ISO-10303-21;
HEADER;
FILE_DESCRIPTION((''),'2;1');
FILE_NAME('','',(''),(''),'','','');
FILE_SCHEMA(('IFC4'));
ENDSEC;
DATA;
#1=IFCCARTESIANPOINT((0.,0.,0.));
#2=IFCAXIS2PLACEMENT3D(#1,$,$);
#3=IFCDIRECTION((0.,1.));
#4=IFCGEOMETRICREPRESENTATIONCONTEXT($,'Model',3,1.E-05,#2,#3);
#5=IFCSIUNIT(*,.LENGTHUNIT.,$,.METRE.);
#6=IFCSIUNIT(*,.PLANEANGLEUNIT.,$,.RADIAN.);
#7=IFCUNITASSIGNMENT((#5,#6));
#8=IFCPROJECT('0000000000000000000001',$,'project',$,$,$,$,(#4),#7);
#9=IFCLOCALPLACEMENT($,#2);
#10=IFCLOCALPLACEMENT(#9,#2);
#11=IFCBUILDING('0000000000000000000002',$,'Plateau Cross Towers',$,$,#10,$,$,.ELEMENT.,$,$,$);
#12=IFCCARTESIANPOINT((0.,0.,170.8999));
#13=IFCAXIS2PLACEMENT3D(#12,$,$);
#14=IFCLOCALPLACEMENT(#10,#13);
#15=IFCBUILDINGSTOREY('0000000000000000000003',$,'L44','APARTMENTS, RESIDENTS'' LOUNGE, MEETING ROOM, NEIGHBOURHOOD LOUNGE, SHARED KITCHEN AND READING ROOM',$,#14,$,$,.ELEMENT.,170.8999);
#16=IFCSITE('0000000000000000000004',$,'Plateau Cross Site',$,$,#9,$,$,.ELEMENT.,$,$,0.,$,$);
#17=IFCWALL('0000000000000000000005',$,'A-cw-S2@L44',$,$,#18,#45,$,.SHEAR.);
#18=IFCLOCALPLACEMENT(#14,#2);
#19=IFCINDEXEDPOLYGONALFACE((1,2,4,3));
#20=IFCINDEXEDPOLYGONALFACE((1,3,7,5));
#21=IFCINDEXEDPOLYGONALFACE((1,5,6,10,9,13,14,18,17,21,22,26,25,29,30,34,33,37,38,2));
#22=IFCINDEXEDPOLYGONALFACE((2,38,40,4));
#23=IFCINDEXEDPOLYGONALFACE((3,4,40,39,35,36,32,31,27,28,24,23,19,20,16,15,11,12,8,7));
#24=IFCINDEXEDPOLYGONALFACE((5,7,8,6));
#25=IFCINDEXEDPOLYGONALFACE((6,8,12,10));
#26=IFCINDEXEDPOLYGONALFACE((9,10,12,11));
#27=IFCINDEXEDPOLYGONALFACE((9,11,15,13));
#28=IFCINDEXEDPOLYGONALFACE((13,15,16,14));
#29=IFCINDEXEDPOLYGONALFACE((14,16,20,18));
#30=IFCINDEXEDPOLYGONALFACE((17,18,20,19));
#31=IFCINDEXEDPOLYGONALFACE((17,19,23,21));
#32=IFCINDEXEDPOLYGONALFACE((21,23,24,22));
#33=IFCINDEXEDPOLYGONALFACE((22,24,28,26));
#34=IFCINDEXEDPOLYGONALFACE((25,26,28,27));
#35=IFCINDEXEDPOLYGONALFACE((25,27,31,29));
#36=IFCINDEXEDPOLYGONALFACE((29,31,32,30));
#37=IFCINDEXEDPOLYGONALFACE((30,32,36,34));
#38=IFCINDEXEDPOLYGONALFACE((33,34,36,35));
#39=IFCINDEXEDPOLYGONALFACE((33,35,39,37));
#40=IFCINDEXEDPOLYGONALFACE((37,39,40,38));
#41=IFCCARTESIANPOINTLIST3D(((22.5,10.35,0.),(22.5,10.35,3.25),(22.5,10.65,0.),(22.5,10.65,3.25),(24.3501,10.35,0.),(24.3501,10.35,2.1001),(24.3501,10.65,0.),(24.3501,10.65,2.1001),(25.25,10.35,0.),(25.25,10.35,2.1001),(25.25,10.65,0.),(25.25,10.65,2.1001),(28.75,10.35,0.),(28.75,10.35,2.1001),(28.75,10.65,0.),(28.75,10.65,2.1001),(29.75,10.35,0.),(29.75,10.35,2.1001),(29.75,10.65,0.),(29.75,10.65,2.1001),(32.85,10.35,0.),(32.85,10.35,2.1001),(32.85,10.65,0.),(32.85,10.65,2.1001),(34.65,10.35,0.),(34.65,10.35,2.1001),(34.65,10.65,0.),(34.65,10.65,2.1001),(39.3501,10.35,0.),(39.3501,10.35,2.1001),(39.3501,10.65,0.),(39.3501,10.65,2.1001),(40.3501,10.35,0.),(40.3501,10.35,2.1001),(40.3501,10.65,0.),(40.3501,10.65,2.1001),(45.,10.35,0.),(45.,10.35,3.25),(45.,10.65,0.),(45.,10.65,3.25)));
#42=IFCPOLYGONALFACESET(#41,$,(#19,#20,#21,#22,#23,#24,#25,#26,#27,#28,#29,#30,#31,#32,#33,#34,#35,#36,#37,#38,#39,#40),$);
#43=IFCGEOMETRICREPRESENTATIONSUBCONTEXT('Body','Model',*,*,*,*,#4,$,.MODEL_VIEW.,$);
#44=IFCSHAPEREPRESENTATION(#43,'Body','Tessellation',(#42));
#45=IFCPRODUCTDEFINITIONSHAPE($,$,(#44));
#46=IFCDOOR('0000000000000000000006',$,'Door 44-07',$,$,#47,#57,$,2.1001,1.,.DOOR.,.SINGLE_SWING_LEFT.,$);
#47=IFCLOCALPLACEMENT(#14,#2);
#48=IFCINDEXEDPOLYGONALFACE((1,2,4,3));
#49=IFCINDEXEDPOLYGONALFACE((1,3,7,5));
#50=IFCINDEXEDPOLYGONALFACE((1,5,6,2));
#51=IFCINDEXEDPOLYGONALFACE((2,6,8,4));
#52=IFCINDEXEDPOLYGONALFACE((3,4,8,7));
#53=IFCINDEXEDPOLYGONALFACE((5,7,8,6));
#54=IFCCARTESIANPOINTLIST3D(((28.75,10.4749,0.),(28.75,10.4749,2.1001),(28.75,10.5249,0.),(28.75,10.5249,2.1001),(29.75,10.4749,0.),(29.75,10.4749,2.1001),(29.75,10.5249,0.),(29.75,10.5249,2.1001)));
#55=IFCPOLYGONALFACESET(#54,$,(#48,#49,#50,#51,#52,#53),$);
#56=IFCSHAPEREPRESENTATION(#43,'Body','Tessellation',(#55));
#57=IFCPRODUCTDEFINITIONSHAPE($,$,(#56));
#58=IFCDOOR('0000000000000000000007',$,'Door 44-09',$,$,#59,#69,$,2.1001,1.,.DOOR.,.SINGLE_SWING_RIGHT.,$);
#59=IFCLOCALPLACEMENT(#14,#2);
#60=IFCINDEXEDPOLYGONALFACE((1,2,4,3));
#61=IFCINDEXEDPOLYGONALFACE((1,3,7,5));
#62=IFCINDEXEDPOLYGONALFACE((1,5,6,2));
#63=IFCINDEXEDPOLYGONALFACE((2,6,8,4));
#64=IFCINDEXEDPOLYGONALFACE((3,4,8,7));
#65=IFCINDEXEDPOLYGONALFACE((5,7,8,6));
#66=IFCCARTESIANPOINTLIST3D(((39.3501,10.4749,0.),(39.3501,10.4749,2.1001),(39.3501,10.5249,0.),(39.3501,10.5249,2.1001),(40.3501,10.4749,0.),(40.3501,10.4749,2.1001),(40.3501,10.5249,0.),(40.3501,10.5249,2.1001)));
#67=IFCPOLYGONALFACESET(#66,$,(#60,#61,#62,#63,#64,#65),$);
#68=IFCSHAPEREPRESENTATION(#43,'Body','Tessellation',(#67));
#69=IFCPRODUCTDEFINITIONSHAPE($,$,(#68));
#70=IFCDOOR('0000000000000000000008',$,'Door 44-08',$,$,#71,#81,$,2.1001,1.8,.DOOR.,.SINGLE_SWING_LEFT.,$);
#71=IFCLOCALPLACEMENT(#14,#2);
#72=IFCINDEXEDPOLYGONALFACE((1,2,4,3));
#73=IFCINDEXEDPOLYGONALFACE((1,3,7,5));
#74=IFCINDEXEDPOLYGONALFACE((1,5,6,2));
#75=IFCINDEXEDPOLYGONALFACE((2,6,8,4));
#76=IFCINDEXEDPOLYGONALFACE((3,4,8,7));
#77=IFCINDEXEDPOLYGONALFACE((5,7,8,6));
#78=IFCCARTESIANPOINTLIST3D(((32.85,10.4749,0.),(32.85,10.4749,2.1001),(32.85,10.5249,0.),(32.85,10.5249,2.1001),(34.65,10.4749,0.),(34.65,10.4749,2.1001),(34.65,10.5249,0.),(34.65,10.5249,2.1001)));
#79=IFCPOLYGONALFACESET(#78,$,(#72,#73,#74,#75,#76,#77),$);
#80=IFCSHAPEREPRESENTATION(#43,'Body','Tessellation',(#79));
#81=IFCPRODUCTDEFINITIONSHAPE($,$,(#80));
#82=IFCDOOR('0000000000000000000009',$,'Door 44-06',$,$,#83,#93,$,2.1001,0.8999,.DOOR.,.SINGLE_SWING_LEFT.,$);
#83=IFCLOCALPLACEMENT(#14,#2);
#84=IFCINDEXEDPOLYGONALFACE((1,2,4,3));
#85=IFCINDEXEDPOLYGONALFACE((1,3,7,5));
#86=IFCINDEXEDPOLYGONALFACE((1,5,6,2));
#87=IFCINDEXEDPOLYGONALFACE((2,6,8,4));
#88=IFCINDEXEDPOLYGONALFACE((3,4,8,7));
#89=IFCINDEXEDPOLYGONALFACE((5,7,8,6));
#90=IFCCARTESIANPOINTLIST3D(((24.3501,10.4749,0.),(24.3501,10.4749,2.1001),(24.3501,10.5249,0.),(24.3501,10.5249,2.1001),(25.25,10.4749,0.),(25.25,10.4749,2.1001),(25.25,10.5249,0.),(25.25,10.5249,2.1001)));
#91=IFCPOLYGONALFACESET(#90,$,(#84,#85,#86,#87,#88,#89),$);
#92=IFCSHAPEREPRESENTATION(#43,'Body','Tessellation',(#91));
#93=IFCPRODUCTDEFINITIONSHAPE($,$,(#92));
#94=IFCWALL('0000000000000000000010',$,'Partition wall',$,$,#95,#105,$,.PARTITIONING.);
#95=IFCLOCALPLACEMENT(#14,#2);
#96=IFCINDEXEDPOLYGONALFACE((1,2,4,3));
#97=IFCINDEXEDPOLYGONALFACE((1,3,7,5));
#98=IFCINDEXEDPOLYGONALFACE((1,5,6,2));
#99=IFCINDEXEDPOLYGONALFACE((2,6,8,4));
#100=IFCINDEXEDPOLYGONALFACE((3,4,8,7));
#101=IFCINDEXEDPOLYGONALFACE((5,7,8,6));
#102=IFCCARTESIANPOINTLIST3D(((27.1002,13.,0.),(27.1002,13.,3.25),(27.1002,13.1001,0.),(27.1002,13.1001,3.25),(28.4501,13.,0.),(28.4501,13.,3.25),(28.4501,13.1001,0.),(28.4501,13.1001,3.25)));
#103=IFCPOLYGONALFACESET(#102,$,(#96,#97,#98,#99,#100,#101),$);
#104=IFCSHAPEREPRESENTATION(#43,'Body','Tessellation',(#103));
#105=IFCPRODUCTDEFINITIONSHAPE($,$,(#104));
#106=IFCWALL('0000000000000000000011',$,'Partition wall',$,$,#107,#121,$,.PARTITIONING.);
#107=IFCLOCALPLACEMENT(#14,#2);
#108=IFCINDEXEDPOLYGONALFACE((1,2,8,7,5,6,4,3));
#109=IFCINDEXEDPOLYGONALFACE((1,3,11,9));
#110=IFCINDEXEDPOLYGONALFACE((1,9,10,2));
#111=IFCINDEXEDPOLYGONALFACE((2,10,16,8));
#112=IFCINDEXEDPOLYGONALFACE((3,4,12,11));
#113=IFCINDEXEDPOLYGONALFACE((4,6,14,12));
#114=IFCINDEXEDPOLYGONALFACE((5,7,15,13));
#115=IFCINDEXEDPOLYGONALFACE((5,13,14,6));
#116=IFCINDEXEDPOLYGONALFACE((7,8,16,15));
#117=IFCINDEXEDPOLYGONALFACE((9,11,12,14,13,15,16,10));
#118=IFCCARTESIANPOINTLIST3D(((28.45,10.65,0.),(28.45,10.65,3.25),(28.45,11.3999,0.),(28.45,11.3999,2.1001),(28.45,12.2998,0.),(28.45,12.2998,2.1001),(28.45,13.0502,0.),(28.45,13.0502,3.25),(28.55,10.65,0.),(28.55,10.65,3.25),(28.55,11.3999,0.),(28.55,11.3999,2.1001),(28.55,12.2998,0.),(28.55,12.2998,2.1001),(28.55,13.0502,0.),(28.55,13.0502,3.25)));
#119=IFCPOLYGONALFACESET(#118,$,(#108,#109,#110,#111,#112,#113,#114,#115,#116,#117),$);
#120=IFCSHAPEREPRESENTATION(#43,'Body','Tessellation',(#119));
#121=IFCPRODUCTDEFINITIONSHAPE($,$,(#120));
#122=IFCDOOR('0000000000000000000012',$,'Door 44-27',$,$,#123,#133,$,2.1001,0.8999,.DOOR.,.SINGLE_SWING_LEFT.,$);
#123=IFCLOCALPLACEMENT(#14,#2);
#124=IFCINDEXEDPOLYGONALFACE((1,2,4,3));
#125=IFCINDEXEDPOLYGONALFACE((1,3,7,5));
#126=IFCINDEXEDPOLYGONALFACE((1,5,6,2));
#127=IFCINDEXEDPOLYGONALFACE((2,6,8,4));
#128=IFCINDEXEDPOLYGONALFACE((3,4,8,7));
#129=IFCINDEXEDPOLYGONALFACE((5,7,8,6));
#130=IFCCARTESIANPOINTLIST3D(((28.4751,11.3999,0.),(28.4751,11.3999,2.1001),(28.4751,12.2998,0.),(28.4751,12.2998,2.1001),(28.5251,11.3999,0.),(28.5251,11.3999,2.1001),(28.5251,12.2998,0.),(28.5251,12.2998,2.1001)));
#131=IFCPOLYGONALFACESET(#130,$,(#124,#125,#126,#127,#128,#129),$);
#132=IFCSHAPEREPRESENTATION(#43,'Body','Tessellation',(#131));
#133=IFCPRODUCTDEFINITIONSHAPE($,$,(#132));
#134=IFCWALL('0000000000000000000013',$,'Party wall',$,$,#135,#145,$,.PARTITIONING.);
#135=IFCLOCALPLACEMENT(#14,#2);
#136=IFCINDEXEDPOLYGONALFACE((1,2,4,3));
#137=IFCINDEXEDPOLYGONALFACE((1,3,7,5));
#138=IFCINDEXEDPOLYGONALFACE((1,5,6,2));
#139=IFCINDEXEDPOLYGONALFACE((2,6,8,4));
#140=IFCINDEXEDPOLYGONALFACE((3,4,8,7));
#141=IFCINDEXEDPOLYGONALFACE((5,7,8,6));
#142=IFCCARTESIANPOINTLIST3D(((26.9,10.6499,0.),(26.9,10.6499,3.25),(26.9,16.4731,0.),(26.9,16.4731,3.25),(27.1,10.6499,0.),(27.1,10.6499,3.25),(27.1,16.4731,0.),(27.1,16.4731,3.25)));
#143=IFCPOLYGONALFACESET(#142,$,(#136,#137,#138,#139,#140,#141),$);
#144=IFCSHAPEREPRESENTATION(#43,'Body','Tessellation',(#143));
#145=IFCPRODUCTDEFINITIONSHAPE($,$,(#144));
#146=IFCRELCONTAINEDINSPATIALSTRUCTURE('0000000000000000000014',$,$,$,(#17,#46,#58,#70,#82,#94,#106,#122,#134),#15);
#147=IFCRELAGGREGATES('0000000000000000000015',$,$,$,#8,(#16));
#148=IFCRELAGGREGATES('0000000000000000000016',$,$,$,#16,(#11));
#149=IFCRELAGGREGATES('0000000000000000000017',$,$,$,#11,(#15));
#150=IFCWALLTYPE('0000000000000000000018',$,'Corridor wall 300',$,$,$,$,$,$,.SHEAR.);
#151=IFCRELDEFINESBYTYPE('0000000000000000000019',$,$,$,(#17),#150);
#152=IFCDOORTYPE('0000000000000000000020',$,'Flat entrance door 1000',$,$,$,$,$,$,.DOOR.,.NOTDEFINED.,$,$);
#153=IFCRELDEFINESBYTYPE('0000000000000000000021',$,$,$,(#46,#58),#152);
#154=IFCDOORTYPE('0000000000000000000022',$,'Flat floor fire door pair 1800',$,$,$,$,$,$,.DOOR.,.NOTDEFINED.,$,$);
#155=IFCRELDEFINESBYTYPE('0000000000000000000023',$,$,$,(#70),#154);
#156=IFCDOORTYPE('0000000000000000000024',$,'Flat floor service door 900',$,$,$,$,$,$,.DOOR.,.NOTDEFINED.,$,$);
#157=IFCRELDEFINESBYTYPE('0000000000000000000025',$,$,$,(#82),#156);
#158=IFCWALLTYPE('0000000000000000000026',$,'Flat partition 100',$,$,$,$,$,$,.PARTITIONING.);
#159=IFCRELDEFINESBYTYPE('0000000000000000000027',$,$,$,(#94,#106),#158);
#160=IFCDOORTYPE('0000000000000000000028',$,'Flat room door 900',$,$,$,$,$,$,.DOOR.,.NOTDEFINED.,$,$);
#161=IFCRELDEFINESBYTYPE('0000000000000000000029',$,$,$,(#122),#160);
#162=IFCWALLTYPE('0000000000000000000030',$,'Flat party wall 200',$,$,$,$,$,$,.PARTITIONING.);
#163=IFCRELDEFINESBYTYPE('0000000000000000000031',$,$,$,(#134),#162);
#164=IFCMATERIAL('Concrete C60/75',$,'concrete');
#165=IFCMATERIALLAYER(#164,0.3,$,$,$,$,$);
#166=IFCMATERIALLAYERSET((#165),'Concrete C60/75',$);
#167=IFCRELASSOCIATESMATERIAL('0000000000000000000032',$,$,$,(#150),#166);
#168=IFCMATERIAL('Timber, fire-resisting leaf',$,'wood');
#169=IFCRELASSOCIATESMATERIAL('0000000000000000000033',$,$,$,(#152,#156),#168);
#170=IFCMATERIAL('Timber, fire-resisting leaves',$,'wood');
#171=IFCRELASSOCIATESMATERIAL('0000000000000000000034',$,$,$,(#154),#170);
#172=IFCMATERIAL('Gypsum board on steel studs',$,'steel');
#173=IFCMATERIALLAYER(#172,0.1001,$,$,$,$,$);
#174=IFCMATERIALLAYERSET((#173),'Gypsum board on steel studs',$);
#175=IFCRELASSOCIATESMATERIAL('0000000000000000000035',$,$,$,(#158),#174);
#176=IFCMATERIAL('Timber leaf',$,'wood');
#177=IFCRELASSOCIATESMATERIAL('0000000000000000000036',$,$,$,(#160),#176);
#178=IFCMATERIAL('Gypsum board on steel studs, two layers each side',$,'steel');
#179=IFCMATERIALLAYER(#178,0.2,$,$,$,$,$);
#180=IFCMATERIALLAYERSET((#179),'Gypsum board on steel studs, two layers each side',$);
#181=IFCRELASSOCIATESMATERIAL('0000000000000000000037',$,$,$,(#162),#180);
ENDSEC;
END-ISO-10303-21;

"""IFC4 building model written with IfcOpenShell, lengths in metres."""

from ifc_helpers import new_model, si_unit, direction, frame, frame_2d, origin, place, context, subcontext, project, spatial, rectangle, extrude, material, layer, layer_set, type_object, element, fill, save


model = new_model("IFC4")

# Units and contexts
model_context = context("Model", 3, precision=1e-05, world=origin(), true_north=direction((0.0, 1.0)))
body_context = subcontext(model_context, "Body", "Model", "MODEL_VIEW")
ifc_project = project(units=[si_unit("LENGTHUNIT", "METRE"), si_unit("PLANEANGLEUNIT", "RADIAN")], contexts=[model_context])

# Site, building, storey
site_placement = place(None, origin())
site = spatial("IfcSite", under=ifc_project, at=site_placement, Name="Plateau Cross Site", CompositionType="ELEMENT", RefElevation=0.0)
building_placement = place(site_placement, origin())
building = spatial("IfcBuilding", under=site, at=building_placement, Name="Plateau Cross Towers", CompositionType="ELEMENT")
storey_placement = place(building_placement, frame((0.0, 0.0, 170.8999)))
storey = spatial("IfcBuildingStorey", under=building, at=storey_placement, Name="L44", Description="APARTMENTS, RESIDENTS' LOUNGE, MEETING ROOM, NEIGHBOURHOOD LOUNGE, SHARED KITCHEN AND READING ROOM", CompositionType="ELEMENT", Elevation=170.8999)

# Shared definitions
ifc_material_1 = material(Name="Concrete C60/75", Category="concrete")

# Wall, openings, doors
ifc_layer_1 = layer(ifc_material_1, 0.3)
ifc_layer_set_1 = layer_set([ifc_layer_1], Name="Concrete C60/75")
wall_type_1 = type_object("IfcWallType", Name="Corridor wall 300", PredefinedType="SHEAR", material=ifc_layer_set_1)
ifc_material_2 = material(Name="Timber, fire-resisting leaf", Category="wood")
door_type_1 = type_object("IfcDoorType", Name="Flat entrance door 1000", OperationType="NOTDEFINED", PredefinedType="DOOR", material=ifc_material_2)
door_type_2 = type_object("IfcDoorType", Name="Flat floor service door 900", OperationType="NOTDEFINED", PredefinedType="DOOR", material=ifc_material_2)
wall_1_placement = place(storey_placement, frame((22.5, 10.5, 0.0), z_axis=(0.0, 0.0, 1.0), x_axis=(1.0, 0.0, 0.0)))
wall_1 = element("IfcWall", 1, at=wall_1_placement, inside=storey, type_object=wall_type_1, Name="A-cw-S2@L44", PredefinedType="SHEAR", context=body_context, shape_type="SweptSolid", body=[
    extrude(rectangle(XDim=22.5, YDim=0.3, at=frame_2d((11.25, 0.0))), origin(), (0.0, 0.0, 1.0), 3.25),
])
opening_1_placement = place(wall_1_placement, frame((1.8501, 0.0, 0.0)))
opening_1 = element("IfcOpeningElement", 2, at=opening_1_placement, cuts=wall_1, PredefinedType="OPENING", context=body_context, shape_type="SweptSolid", body=[
    extrude(rectangle(XDim=0.8999, YDim=2.1001, at=frame_2d((0.45, 1.05))), frame((0.0, 0.1599, 0.0), z_axis=(0.0, -1.0, 0.0), x_axis=(1.0, 0.0, 0.0)), (0.0, 0.0, 1.0), 0.3201),
])
opening_2_placement = place(wall_1_placement, frame((6.25, 0.0, 0.0)))
opening_2 = element("IfcOpeningElement", 3, at=opening_2_placement, cuts=wall_1, PredefinedType="OPENING", context=body_context, shape_type="SweptSolid", body=[
    extrude(rectangle(XDim=1.0, YDim=2.1001, at=frame_2d((0.5, 1.05))), frame((0.0, 0.1599, 0.0), z_axis=(0.0, -1.0, 0.0), x_axis=(1.0, 0.0, 0.0)), (0.0, 0.0, 1.0), 0.3201),
])
opening_3_placement = place(wall_1_placement, frame((10.3501, 0.0, 0.0)))
opening_3 = element("IfcOpeningElement", 4, at=opening_3_placement, cuts=wall_1, PredefinedType="OPENING", context=body_context, shape_type="SweptSolid", body=[
    extrude(rectangle(XDim=1.8, YDim=2.1001, at=frame_2d((0.8999, 1.05))), frame((0.0, 0.1599, 0.0), z_axis=(0.0, -1.0, 0.0), x_axis=(1.0, 0.0, 0.0)), (0.0, 0.0, 1.0), 0.3201),
])
opening_4_placement = place(wall_1_placement, frame((16.8501, 0.0, 0.0)))
opening_4 = element("IfcOpeningElement", 5, at=opening_4_placement, cuts=wall_1, PredefinedType="OPENING", context=body_context, shape_type="SweptSolid", body=[
    extrude(rectangle(XDim=1.0, YDim=2.1001, at=frame_2d((0.5, 1.05))), frame((0.0, 0.1599, 0.0), z_axis=(0.0, -1.0, 0.0), x_axis=(1.0, 0.0, 0.0)), (0.0, 0.0, 1.0), 0.3201),
])
door_1_placement = place(opening_2_placement, origin())
door_1 = element("IfcDoor", 6, at=door_1_placement, inside=storey, type_object=door_type_1, Name="Door 44-07", OperationType="SINGLE_SWING_LEFT", OverallHeight=2.1001, OverallWidth=1.0, PredefinedType="DOOR", context=body_context, shape_type="SweptSolid", body=[
    extrude(rectangle(XDim=1.0, YDim=2.1001, at=frame_2d((0.5, 1.05))), frame((0.0, 0.0249, 0.0), z_axis=(0.0, -1.0, 0.0), x_axis=(1.0, 0.0, 0.0)), (0.0, 0.0, 1.0), 0.05),
])
fill(opening_2, door_1)
door_2_placement = place(opening_4_placement, origin())
door_2 = element("IfcDoor", 7, at=door_2_placement, inside=storey, type_object=door_type_1, Name="Door 44-09", OperationType="SINGLE_SWING_RIGHT", OverallHeight=2.1001, OverallWidth=1.0, PredefinedType="DOOR", context=body_context, shape_type="SweptSolid", body=[
    extrude(rectangle(XDim=1.0, YDim=2.1001, at=frame_2d((0.5, 1.05))), frame((0.0, 0.0249, 0.0), z_axis=(0.0, -1.0, 0.0), x_axis=(1.0, 0.0, 0.0)), (0.0, 0.0, 1.0), 0.05),
])
fill(opening_4, door_2)
ifc_material_3 = material(Name="Timber, fire-resisting leaves", Category="wood")
door_type_3 = type_object("IfcDoorType", Name="Flat floor fire door pair 1800", OperationType="NOTDEFINED", PredefinedType="DOOR", material=ifc_material_3)
door_3_placement = place(opening_3_placement, origin())
door_3 = element("IfcDoor", 8, at=door_3_placement, inside=storey, type_object=door_type_3, Name="Door 44-08", OperationType="SINGLE_SWING_LEFT", OverallHeight=2.1001, OverallWidth=1.8, PredefinedType="DOOR", context=body_context, shape_type="SweptSolid", body=[
    extrude(rectangle(XDim=1.8, YDim=2.1001, at=frame_2d((0.8999, 1.05))), frame((0.0, 0.0249, 0.0), z_axis=(0.0, -1.0, 0.0), x_axis=(1.0, 0.0, 0.0)), (0.0, 0.0, 1.0), 0.05),
])
fill(opening_3, door_3)
door_4_placement = place(opening_1_placement, origin())
door_4 = element("IfcDoor", 9, at=door_4_placement, inside=storey, type_object=door_type_2, Name="Door 44-06", OperationType="SINGLE_SWING_LEFT", OverallHeight=2.1001, OverallWidth=0.8999, PredefinedType="DOOR", context=body_context, shape_type="SweptSolid", body=[
    extrude(rectangle(XDim=0.8999, YDim=2.1001, at=frame_2d((0.45, 1.05))), frame((0.0, 0.0249, 0.0), z_axis=(0.0, -1.0, 0.0), x_axis=(1.0, 0.0, 0.0)), (0.0, 0.0, 1.0), 0.05),
])
fill(opening_1, door_4)

# Wall
ifc_material_4 = material(Name="Gypsum board on steel studs", Category="steel")
ifc_layer_2 = layer(ifc_material_4, 0.1001)
ifc_layer_set_2 = layer_set([ifc_layer_2], Name="Gypsum board on steel studs")
wall_type_2 = type_object("IfcWallType", Name="Flat partition 100", PredefinedType="PARTITIONING", material=ifc_layer_set_2)
wall_2_placement = place(storey_placement, frame((28.45, 13.05, 0.0), z_axis=(0.0, 0.0, 1.0), x_axis=(-1.0, 0.0, 0.0)))
element("IfcWall", 10, at=wall_2_placement, inside=storey, type_object=wall_type_2, Name="Partition wall", PredefinedType="PARTITIONING", context=body_context, shape_type="SweptSolid", body=[
    extrude(rectangle(XDim=1.3499, YDim=0.1001, at=frame_2d((0.6748, 0.0))), origin(), (0.0, 0.0, 1.0), 3.25),
])

# Wall, opening, door
wall_3_placement = place(storey_placement, frame((28.5, 10.6499, 0.0), z_axis=(0.0, 0.0, 1.0), x_axis=(0.0, 1.0, 0.0)))
wall_3 = element("IfcWall", 11, at=wall_3_placement, inside=storey, type_object=wall_type_2, Name="Partition wall", PredefinedType="PARTITIONING", context=body_context, shape_type="SweptSolid", body=[
    extrude(rectangle(XDim=2.4001, YDim=0.1001, at=frame_2d((1.2002, 0.0))), origin(), (0.0, 0.0, 1.0), 3.25),
])
opening_5_placement = place(wall_3_placement, frame((0.75, 0.0, 0.0)))
opening_5 = element("IfcOpeningElement", 12, at=opening_5_placement, cuts=wall_3, PredefinedType="OPENING", context=body_context, shape_type="SweptSolid", body=[
    extrude(rectangle(XDim=0.8999, YDim=2.1001, at=frame_2d((0.45, 1.05))), frame((0.0, 0.0601, 0.0), z_axis=(0.0, -1.0, 0.0), x_axis=(1.0, 0.0, 0.0)), (0.0, 0.0, 1.0), 0.1201),
])
ifc_material_5 = material(Name="Timber leaf", Category="wood")
door_type_4 = type_object("IfcDoorType", Name="Flat room door 900", OperationType="NOTDEFINED", PredefinedType="DOOR", material=ifc_material_5)
door_5_placement = place(opening_5_placement, origin())
door_5 = element("IfcDoor", 13, at=door_5_placement, inside=storey, type_object=door_type_4, Name="Door 44-27", OperationType="SINGLE_SWING_LEFT", OverallHeight=2.1001, OverallWidth=0.8999, PredefinedType="DOOR", context=body_context, shape_type="SweptSolid", body=[
    extrude(rectangle(XDim=0.8999, YDim=2.1001, at=frame_2d((0.45, 1.05))), frame((0.0, 0.0249, 0.0), z_axis=(0.0, -1.0, 0.0), x_axis=(1.0, 0.0, 0.0)), (0.0, 0.0, 1.0), 0.05),
])
fill(opening_5, door_5)

# Wall
ifc_material_6 = material(Name="Gypsum board on steel studs, two layers each side", Category="steel")
ifc_layer_3 = layer(ifc_material_6, 0.2)
ifc_layer_set_3 = layer_set([ifc_layer_3], Name="Gypsum board on steel studs, two layers each side")
wall_type_3 = type_object("IfcWallType", Name="Flat party wall 200", PredefinedType="PARTITIONING", material=ifc_layer_set_3)
wall_4_placement = place(storey_placement, frame((27.0, 10.6499, 0.0), z_axis=(0.0, 0.0, 1.0), x_axis=(0.0, 1.0, 0.0)))
element("IfcWall", 14, at=wall_4_placement, inside=storey, type_object=wall_type_3, Name="Party wall", PredefinedType="PARTITIONING", context=body_context, shape_type="SweptSolid", body=[
    extrude(rectangle(XDim=5.8232, YDim=0.2, at=frame_2d((2.9116, 0.0))), origin(), (0.0, 0.0, 1.0), 3.25),
])

save(model, "model.ifc")
